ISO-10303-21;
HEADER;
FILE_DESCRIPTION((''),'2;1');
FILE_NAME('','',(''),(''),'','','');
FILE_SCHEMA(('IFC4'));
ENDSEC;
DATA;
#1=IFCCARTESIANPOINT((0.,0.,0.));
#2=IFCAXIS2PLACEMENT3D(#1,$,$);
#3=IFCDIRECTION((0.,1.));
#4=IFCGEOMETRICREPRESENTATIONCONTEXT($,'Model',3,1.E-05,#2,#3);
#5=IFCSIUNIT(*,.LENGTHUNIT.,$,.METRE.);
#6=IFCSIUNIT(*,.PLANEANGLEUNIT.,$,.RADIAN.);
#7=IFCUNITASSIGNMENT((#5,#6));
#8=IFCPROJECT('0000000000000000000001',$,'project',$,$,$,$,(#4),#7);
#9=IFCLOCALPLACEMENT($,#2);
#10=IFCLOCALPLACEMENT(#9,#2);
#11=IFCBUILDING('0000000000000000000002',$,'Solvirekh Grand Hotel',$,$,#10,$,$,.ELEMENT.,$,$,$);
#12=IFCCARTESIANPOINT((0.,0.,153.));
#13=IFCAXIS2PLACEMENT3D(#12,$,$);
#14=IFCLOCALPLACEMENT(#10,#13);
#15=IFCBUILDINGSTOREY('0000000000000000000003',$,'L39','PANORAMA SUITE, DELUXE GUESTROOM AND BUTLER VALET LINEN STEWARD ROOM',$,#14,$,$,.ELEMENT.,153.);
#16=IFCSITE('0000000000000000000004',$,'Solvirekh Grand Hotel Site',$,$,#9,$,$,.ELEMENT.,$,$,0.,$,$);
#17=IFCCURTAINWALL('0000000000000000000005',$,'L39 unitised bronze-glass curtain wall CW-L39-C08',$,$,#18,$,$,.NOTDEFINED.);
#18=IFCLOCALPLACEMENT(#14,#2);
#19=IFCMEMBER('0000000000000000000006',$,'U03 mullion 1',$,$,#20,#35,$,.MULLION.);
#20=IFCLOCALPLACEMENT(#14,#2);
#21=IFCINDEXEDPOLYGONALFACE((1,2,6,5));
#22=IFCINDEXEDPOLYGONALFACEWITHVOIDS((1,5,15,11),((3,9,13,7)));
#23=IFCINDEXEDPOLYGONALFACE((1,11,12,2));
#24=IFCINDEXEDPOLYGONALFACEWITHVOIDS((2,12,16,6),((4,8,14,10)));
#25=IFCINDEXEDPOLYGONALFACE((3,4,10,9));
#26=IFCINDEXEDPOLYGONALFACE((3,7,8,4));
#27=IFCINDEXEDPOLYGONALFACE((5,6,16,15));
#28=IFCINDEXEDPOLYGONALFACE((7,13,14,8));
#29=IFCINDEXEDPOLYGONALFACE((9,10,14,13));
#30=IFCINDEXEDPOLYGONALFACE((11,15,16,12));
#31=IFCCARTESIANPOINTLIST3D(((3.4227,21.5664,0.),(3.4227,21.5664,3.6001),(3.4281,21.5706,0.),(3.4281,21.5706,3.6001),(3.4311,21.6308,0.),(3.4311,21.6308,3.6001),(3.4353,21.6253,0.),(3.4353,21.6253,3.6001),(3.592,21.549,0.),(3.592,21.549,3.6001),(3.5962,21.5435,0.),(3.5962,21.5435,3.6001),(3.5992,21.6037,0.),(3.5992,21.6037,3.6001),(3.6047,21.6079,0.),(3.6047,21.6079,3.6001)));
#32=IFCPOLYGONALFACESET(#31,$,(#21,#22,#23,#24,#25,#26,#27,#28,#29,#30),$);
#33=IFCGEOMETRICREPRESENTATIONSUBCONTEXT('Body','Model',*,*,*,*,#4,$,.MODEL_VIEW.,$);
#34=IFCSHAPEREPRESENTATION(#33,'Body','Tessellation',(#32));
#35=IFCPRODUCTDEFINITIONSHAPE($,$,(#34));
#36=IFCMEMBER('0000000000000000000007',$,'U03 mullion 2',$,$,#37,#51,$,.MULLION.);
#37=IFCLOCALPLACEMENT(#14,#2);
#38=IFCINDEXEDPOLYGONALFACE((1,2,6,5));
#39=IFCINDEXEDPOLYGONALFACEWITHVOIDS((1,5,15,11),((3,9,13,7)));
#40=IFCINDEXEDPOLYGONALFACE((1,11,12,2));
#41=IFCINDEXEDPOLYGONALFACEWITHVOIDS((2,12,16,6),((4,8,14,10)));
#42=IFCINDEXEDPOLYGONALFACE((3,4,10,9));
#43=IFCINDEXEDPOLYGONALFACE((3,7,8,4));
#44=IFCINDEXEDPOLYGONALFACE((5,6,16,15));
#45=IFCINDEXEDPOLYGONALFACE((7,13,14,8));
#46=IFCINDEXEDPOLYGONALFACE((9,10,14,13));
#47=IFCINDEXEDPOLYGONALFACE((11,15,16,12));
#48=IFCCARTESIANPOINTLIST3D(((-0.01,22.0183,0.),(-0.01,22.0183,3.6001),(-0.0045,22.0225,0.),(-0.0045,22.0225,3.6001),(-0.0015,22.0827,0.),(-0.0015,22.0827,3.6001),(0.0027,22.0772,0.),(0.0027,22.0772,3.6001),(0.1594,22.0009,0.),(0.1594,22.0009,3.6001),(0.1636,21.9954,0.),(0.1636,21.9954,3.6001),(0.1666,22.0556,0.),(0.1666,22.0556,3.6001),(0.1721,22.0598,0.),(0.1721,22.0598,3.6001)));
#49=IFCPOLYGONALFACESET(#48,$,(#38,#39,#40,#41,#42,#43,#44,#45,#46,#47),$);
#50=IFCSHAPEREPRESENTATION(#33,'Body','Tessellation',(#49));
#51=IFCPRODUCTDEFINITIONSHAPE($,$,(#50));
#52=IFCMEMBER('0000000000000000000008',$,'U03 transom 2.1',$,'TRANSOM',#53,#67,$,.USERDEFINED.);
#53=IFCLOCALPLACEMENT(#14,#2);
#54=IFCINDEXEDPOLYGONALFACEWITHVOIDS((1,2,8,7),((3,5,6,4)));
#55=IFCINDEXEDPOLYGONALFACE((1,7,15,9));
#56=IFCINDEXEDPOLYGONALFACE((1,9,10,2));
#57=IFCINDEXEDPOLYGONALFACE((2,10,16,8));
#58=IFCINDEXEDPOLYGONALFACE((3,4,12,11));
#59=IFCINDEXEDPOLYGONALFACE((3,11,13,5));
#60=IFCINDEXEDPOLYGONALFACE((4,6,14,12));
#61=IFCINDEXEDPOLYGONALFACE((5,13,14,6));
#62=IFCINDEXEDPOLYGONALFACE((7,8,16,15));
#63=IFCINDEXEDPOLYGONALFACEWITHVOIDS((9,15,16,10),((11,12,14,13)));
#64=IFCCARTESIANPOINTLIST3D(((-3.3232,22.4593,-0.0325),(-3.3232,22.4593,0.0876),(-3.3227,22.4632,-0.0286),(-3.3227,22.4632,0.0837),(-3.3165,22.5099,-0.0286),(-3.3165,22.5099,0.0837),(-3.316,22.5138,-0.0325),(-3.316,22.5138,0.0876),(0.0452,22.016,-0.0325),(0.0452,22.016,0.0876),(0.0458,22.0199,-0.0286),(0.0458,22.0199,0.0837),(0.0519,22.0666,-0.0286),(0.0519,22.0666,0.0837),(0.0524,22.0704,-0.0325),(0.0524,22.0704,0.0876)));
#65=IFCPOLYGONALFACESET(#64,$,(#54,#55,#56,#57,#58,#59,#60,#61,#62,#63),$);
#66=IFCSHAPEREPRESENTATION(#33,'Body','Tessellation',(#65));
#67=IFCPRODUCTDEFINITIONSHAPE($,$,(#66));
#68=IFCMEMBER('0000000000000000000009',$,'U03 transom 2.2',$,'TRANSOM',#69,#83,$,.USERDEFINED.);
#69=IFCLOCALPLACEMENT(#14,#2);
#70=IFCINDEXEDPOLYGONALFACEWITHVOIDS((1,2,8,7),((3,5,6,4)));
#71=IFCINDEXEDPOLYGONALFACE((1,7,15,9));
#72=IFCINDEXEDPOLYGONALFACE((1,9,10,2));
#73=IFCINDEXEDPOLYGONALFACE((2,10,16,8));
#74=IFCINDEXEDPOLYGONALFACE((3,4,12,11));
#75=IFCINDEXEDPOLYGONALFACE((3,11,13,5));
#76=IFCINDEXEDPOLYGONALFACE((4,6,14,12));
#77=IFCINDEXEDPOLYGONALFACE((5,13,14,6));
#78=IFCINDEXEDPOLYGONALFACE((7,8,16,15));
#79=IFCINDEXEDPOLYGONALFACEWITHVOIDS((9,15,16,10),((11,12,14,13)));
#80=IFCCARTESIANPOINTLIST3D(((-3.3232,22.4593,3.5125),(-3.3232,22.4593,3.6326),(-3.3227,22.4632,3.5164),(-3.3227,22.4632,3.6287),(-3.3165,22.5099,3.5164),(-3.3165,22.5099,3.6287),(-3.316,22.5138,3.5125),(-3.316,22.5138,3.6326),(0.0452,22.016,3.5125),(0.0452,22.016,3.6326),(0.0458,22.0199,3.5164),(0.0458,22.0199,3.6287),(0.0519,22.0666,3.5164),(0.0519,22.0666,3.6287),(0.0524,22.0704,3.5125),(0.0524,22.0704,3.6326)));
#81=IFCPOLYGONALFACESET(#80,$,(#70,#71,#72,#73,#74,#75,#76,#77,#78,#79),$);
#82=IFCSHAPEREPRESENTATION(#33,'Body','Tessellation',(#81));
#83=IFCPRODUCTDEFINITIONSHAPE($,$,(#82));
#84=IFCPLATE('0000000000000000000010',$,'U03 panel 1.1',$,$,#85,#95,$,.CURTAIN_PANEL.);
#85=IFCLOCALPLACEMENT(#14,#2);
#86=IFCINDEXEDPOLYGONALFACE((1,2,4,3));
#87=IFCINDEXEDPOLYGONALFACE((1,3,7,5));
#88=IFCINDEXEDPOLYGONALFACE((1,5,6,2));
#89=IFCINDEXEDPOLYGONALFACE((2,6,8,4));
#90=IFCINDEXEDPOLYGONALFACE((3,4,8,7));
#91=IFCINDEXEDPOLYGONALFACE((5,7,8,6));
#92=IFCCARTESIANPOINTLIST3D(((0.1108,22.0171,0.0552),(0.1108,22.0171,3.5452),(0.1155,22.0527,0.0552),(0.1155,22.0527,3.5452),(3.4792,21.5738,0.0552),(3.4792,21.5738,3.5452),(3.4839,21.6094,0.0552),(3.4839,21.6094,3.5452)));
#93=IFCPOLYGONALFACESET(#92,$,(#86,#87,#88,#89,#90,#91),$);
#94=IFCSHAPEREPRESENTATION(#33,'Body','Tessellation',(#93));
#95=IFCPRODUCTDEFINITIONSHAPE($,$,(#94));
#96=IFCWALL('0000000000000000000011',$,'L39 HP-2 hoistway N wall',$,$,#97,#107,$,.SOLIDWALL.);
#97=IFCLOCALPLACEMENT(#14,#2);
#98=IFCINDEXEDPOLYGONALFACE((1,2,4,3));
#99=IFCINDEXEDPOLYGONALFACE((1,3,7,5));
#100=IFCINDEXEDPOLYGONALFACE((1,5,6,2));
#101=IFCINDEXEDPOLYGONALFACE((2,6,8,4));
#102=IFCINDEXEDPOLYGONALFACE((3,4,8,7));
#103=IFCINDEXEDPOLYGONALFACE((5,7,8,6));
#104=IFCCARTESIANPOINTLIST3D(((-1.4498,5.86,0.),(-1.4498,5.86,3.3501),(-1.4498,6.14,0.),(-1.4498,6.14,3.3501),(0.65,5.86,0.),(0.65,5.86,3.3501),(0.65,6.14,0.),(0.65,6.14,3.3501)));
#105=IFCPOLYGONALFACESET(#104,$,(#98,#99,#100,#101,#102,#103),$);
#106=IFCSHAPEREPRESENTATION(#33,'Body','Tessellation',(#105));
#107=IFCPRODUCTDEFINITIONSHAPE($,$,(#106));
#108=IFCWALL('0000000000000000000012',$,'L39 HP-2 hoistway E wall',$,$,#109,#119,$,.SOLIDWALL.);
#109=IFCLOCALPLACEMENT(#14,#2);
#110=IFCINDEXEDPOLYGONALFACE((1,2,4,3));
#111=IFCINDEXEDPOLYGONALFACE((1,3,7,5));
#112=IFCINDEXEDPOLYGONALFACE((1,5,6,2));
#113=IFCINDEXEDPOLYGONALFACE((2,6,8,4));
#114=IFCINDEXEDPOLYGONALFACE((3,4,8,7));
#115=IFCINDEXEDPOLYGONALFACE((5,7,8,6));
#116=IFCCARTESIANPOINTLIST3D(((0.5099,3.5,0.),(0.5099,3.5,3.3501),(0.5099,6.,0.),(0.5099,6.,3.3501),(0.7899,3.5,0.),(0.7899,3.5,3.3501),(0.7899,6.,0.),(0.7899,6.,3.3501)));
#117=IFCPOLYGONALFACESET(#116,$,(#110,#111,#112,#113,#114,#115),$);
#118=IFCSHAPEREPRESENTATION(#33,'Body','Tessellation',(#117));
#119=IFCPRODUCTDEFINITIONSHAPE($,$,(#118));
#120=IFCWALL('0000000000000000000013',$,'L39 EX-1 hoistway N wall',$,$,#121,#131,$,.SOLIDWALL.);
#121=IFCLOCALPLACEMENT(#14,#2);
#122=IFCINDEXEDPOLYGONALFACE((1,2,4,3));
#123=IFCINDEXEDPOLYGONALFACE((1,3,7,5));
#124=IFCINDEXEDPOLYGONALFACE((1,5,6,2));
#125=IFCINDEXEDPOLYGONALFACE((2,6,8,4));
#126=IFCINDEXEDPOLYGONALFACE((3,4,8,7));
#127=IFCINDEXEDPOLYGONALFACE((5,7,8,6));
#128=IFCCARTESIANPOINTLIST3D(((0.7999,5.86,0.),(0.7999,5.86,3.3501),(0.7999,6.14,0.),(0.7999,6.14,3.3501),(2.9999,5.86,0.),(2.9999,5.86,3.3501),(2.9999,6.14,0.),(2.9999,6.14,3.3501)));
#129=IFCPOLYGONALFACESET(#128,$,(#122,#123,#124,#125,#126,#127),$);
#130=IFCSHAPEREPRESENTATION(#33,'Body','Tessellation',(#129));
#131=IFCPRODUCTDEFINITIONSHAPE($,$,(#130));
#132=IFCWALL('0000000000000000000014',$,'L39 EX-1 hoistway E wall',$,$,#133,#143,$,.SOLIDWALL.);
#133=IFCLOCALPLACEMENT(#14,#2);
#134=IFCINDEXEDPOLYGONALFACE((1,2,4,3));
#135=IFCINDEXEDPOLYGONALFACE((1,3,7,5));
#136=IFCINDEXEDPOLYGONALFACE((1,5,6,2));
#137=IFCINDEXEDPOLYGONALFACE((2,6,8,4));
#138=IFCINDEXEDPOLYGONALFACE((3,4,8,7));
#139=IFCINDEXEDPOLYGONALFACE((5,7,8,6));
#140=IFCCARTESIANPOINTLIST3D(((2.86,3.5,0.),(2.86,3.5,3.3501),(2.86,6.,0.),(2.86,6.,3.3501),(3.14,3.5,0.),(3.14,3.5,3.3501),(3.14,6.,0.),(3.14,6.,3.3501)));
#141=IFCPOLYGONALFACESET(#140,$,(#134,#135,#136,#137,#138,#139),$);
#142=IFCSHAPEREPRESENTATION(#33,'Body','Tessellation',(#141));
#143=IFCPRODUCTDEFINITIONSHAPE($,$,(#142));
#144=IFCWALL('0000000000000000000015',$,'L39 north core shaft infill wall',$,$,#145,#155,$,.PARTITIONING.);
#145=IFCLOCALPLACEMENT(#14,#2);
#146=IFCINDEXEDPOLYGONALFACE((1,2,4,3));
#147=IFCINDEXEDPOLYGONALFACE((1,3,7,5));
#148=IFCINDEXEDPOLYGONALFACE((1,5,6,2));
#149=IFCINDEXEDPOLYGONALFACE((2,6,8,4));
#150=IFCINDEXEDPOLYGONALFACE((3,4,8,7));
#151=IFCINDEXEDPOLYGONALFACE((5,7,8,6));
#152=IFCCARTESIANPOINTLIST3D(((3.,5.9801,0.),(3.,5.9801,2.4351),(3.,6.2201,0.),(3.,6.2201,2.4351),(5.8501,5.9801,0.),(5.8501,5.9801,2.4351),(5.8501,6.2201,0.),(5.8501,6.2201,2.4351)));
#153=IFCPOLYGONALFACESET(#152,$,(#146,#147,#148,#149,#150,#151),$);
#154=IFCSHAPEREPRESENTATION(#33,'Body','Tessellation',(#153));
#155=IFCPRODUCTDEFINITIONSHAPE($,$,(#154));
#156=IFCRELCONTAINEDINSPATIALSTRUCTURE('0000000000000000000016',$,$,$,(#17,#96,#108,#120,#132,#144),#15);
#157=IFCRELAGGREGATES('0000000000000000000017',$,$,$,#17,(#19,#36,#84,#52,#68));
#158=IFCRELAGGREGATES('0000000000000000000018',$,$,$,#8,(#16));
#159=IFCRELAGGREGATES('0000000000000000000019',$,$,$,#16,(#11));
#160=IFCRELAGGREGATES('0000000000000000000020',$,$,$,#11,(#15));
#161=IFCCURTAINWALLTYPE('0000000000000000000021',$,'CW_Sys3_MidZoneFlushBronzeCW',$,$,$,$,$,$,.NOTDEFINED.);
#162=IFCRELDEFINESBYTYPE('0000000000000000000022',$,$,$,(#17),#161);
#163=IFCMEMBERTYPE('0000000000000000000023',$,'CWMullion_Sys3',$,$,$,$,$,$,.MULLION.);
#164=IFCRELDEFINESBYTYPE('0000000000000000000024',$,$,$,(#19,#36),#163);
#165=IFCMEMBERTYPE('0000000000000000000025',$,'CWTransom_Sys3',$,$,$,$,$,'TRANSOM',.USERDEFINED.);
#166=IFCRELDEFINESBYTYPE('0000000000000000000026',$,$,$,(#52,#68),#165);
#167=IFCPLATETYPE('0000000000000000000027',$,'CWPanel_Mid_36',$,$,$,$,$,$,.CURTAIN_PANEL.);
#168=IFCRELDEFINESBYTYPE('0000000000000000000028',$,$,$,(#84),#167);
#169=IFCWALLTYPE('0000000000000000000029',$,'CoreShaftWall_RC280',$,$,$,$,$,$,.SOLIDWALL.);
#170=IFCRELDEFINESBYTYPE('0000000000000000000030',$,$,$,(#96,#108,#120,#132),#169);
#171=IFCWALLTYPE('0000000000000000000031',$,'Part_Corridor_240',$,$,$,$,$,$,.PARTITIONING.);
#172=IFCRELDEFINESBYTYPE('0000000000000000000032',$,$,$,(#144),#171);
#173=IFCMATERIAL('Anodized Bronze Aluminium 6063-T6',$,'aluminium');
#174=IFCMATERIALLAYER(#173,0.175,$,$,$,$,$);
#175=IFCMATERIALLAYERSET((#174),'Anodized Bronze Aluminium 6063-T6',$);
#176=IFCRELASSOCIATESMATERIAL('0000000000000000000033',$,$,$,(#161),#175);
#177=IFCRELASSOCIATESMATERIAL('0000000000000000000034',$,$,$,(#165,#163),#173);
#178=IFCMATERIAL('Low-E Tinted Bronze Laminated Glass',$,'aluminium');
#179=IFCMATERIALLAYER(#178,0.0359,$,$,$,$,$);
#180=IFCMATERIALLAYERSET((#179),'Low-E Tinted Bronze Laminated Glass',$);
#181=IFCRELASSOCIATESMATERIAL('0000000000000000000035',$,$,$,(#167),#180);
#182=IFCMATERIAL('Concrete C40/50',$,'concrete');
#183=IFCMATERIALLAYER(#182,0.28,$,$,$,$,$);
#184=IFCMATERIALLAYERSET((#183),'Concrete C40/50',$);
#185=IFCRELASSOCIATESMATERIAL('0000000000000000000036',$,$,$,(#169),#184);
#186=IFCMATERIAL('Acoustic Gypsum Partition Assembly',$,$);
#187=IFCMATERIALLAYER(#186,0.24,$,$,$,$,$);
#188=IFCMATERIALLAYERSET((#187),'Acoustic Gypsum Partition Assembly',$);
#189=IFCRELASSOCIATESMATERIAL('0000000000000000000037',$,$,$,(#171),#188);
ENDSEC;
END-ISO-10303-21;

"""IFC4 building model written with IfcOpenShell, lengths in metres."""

from ifc_helpers import new_model, si_unit, direction, frame, frame_2d, origin, origin_2d, place, context, subcontext, project, spatial, rectangle, hollow_rectangle, extrude, source, transform, mapped, material, layer, layer_set, material_profile, profile_set, type_object, element, aggregate, save


model = new_model("IFC4")

# Units and contexts
model_context = context("Model", 3, precision=1e-05, world=origin(), true_north=direction((0.0, 1.0)))
body_context = subcontext(model_context, "Body", "Model", "MODEL_VIEW")
ifc_project = project(units=[si_unit("LENGTHUNIT", "METRE"), si_unit("PLANEANGLEUNIT", "RADIAN")], contexts=[model_context])

# Site, building, storey
site_placement = place(None, origin())
site = spatial("IfcSite", under=ifc_project, at=site_placement, Name="Solvirekh Grand Hotel Site", CompositionType="ELEMENT", RefElevation=0.0)
building_placement = place(site_placement, origin())
building = spatial("IfcBuilding", under=site, at=building_placement, Name="Solvirekh Grand Hotel", CompositionType="ELEMENT")
storey_placement = place(building_placement, frame((0.0, 0.0, 153.0)))
storey = spatial("IfcBuildingStorey", under=building, at=storey_placement, Name="L39", Description="PANORAMA SUITE, DELUXE GUESTROOM AND BUTLER VALET LINEN STEWARD ROOM", CompositionType="ELEMENT", Elevation=153.0)

# Curtain wall, members, plate
ifc_material_1 = material(Name="Anodized Bronze Aluminium 6063-T6", Category="aluminium")
ifc_layer_1 = layer(ifc_material_1, 0.175)
ifc_layer_set_1 = layer_set([ifc_layer_1], Name="Anodized Bronze Aluminium 6063-T6")
curtain_wall_type = type_object("IfcCurtainWallType", Name="CW_Sys3_MidZoneFlushBronzeCW", PredefinedType="NOTDEFINED", material=ifc_layer_set_1)
curtain_wall_placement = place(storey_placement, origin())
curtain_wall = element("IfcCurtainWall", 1, at=curtain_wall_placement, inside=storey, type_object=curtain_wall_type, Name="L39 unitised bronze-glass curtain wall CW-L39-C08", PredefinedType="NOTDEFINED")
ifc_material_profile_1 = material_profile(ifc_material_1, hollow_rectangle(XDim=0.0549, YDim=0.1201, WallThickness=0.0039, at=origin_2d()), Name="ALU RHS 120X55X4")
ifc_profile_set_1 = profile_set([ifc_material_profile_1], Name="Anodized Bronze Aluminium 6063-T6")
member_type_1 = type_object("IfcMemberType", Name="CWTransom_Sys3", ElementType="TRANSOM", PredefinedType="USERDEFINED", material=ifc_profile_set_1)
ifc_material_profile_2 = material_profile(ifc_material_1, hollow_rectangle(XDim=0.0649, YDim=0.175, WallThickness=0.0049, at=origin_2d()), Name="ALU RHS 175X65X5")
ifc_profile_set_2 = profile_set([ifc_material_profile_2], Name="Anodized Bronze Aluminium 6063-T6")
member_type_2 = type_object("IfcMemberType", Name="CWMullion_Sys3", PredefinedType="MULLION", material=ifc_profile_set_2)
shared_shape_1 = source(origin(), body_context, "Body", "SweptSolid", [
    extrude(hollow_rectangle(XDim=0.0649, YDim=0.175, WallThickness=0.0049, at=origin_2d()), origin(), (0.0, 0.0, 1.0), 3.6001),
])
member_1_placement = place(storey_placement, frame((3.5137, 21.5872, 0.0), z_axis=(0.0, 0.0, 1.0), x_axis=(-0.130477, -0.991451, 0.0)))
member_1 = element("IfcMember", 2, at=member_1_placement, type_object=member_type_2, Name="U03 mullion 1", PredefinedType="MULLION", context=body_context, shape_type="MappedRepresentation", body=[
    mapped(shared_shape_1, transform((0.0, 0.0, 0.0), x_axis=(1.0, 0.0, 0.0), y_axis=(0.0, 1.0, 0.0), z_axis=(0.0, 0.0, 1.0), scale=1.0)),
])
member_2_placement = place(storey_placement, frame((0.0811, 22.0391, 0.0), z_axis=(0.0, 0.0, 1.0), x_axis=(-0.130477, -0.991451, 0.0)))
member_2 = element("IfcMember", 3, at=member_2_placement, type_object=member_type_2, Name="U03 mullion 2", PredefinedType="MULLION", context=body_context, shape_type="MappedRepresentation", body=[
    mapped(shared_shape_1, transform((0.0, 0.0, 0.0), x_axis=(1.0, 0.0, 0.0), y_axis=(0.0, 1.0, 0.0), z_axis=(0.0, 0.0, 1.0), scale=1.0)),
])
shared_shape_2 = source(origin(), body_context, "Body", "SweptSolid", [
    extrude(hollow_rectangle(XDim=0.0549, YDim=0.1201, WallThickness=0.0039, at=origin_2d()), origin(), (0.0, 0.0, 1.0), 3.3975),
])
member_3_placement = place(storey_placement, frame((0.0488, 22.0432, 0.0276), z_axis=(-0.991449, 0.130497, 0.0), x_axis=(-0.130497, -0.991449, 0.0)))
member_3 = element("IfcMember", 4, at=member_3_placement, type_object=member_type_1, Name="U03 transom 2.1", ObjectType="TRANSOM", PredefinedType="USERDEFINED", context=body_context, shape_type="MappedRepresentation", body=[
    mapped(shared_shape_2, transform((0.0, 0.0, 0.0), x_axis=(1.0, 0.0, 0.0), y_axis=(0.0, 1.0, 0.0), z_axis=(0.0, 0.0, 1.0), scale=1.0)),
])
member_4_placement = place(storey_placement, frame((0.0488, 22.0432, 3.5725), z_axis=(-0.991449, 0.130497, 0.0), x_axis=(-0.130497, -0.991449, 0.0)))
member_4 = element("IfcMember", 5, at=member_4_placement, type_object=member_type_1, Name="U03 transom 2.2", ObjectType="TRANSOM", PredefinedType="USERDEFINED", context=body_context, shape_type="MappedRepresentation", body=[
    mapped(shared_shape_2, transform((0.0, 0.0, 0.0), x_axis=(1.0, 0.0, 0.0), y_axis=(0.0, 1.0, 0.0), z_axis=(0.0, 0.0, 1.0), scale=1.0)),
])
ifc_material_2 = material(Name="Low-E Tinted Bronze Laminated Glass", Category="aluminium")
ifc_layer_2 = layer(ifc_material_2, 0.0359)
ifc_layer_set_2 = layer_set([ifc_layer_2], Name="Low-E Tinted Bronze Laminated Glass")
plate_type = type_object("IfcPlateType", Name="CWPanel_Mid_36", PredefinedType="CURTAIN_PANEL", material=ifc_layer_set_2)
shared_shape_3 = source(origin(), body_context, "Body", "SweptSolid", [
    extrude(rectangle(XDim=3.3975, YDim=0.0359, at=origin_2d()), origin(), (0.0, 0.0, 1.0), 3.49),
])
plate_placement = place(storey_placement, frame((1.7974, 21.8132, 0.0552), z_axis=(0.0, 0.0, 1.0), x_axis=(-0.991451, 0.130477, 0.0)))
plate = element("IfcPlate", 6, at=plate_placement, type_object=plate_type, Name="U03 panel 1.1", PredefinedType="CURTAIN_PANEL", context=body_context, shape_type="MappedRepresentation", body=[
    mapped(shared_shape_3, transform((0.0, 0.0, 0.0), x_axis=(1.0, 0.0, 0.0), y_axis=(0.0, 1.0, 0.0), z_axis=(0.0, 0.0, 1.0), scale=1.0)),
])
aggregate(curtain_wall, [member_1, member_2, plate, member_3, member_4])

# Walls
ifc_material_3 = material(Name="Concrete C40/50", Category="concrete")
ifc_layer_3 = layer(ifc_material_3, 0.28)
ifc_layer_set_3 = layer_set([ifc_layer_3], Name="Concrete C40/50")
wall_type_1 = type_object("IfcWallType", Name="CoreShaftWall_RC280", PredefinedType="SOLIDWALL", material=ifc_layer_set_3)
wall_1_placement = place(storey_placement, frame((0.6499, 6.0, 0.0), z_axis=(0.0, 0.0, 1.0), x_axis=(-1.0, 0.0, 0.0)))
element("IfcWall", 7, at=wall_1_placement, inside=storey, type_object=wall_type_1, Name="L39 HP-2 hoistway N wall", PredefinedType="SOLIDWALL", context=body_context, shape_type="SweptSolid", body=[
    extrude(rectangle(XDim=2.0999, YDim=0.28, at=frame_2d((1.0498, 0.0))), origin(), (0.0, 0.0, 1.0), 3.3501),
])
wall_2_placement = place(storey_placement, frame((0.6499, 3.5, 0.0), z_axis=(0.0, 0.0, 1.0), x_axis=(0.0, 1.0, 0.0)))
element("IfcWall", 8, at=wall_2_placement, inside=storey, type_object=wall_type_1, Name="L39 HP-2 hoistway E wall", PredefinedType="SOLIDWALL", context=body_context, shape_type="SweptSolid", body=[
    extrude(rectangle(XDim=2.5, YDim=0.28, at=frame_2d((1.25, 0.0))), origin(), (0.0, 0.0, 1.0), 3.3501),
])
wall_3_placement = place(storey_placement, frame((3.0, 6.0, 0.0), z_axis=(0.0, 0.0, 1.0), x_axis=(-1.0, 0.0, 0.0)))
element("IfcWall", 9, at=wall_3_placement, inside=storey, type_object=wall_type_1, Name="L39 EX-1 hoistway N wall", PredefinedType="SOLIDWALL", context=body_context, shape_type="SweptSolid", body=[
    extrude(rectangle(XDim=2.2, YDim=0.28, at=frame_2d((1.1001, 0.0))), origin(), (0.0, 0.0, 1.0), 3.3501),
])
wall_4_placement = place(storey_placement, frame((3.0, 3.5, 0.0), z_axis=(0.0, 0.0, 1.0), x_axis=(0.0, 1.0, 0.0)))
element("IfcWall", 10, at=wall_4_placement, inside=storey, type_object=wall_type_1, Name="L39 EX-1 hoistway E wall", PredefinedType="SOLIDWALL", context=body_context, shape_type="SweptSolid", body=[
    extrude(rectangle(XDim=2.5, YDim=0.28, at=frame_2d((1.25, 0.0))), origin(), (0.0, 0.0, 1.0), 3.3501),
])
ifc_material_4 = material(Name="Acoustic Gypsum Partition Assembly")
ifc_layer_4 = layer(ifc_material_4, 0.24)
ifc_layer_set_4 = layer_set([ifc_layer_4], Name="Acoustic Gypsum Partition Assembly")
wall_type_2 = type_object("IfcWallType", Name="Part_Corridor_240", PredefinedType="PARTITIONING", material=ifc_layer_set_4)
wall_5_placement = place(storey_placement, frame((3.0, 6.1001, 0.0), z_axis=(0.0, 0.0, 1.0), x_axis=(1.0, 0.0, 0.0)))
element("IfcWall", 11, at=wall_5_placement, inside=storey, type_object=wall_type_2, Name="L39 north core shaft infill wall", PredefinedType="PARTITIONING", context=body_context, shape_type="SweptSolid", body=[
    extrude(rectangle(XDim=2.8501, YDim=0.24, at=frame_2d((1.425, 0.0))), origin(), (0.0, 0.0, 1.0), 2.4351),
])

save(model, "model.ifc")
